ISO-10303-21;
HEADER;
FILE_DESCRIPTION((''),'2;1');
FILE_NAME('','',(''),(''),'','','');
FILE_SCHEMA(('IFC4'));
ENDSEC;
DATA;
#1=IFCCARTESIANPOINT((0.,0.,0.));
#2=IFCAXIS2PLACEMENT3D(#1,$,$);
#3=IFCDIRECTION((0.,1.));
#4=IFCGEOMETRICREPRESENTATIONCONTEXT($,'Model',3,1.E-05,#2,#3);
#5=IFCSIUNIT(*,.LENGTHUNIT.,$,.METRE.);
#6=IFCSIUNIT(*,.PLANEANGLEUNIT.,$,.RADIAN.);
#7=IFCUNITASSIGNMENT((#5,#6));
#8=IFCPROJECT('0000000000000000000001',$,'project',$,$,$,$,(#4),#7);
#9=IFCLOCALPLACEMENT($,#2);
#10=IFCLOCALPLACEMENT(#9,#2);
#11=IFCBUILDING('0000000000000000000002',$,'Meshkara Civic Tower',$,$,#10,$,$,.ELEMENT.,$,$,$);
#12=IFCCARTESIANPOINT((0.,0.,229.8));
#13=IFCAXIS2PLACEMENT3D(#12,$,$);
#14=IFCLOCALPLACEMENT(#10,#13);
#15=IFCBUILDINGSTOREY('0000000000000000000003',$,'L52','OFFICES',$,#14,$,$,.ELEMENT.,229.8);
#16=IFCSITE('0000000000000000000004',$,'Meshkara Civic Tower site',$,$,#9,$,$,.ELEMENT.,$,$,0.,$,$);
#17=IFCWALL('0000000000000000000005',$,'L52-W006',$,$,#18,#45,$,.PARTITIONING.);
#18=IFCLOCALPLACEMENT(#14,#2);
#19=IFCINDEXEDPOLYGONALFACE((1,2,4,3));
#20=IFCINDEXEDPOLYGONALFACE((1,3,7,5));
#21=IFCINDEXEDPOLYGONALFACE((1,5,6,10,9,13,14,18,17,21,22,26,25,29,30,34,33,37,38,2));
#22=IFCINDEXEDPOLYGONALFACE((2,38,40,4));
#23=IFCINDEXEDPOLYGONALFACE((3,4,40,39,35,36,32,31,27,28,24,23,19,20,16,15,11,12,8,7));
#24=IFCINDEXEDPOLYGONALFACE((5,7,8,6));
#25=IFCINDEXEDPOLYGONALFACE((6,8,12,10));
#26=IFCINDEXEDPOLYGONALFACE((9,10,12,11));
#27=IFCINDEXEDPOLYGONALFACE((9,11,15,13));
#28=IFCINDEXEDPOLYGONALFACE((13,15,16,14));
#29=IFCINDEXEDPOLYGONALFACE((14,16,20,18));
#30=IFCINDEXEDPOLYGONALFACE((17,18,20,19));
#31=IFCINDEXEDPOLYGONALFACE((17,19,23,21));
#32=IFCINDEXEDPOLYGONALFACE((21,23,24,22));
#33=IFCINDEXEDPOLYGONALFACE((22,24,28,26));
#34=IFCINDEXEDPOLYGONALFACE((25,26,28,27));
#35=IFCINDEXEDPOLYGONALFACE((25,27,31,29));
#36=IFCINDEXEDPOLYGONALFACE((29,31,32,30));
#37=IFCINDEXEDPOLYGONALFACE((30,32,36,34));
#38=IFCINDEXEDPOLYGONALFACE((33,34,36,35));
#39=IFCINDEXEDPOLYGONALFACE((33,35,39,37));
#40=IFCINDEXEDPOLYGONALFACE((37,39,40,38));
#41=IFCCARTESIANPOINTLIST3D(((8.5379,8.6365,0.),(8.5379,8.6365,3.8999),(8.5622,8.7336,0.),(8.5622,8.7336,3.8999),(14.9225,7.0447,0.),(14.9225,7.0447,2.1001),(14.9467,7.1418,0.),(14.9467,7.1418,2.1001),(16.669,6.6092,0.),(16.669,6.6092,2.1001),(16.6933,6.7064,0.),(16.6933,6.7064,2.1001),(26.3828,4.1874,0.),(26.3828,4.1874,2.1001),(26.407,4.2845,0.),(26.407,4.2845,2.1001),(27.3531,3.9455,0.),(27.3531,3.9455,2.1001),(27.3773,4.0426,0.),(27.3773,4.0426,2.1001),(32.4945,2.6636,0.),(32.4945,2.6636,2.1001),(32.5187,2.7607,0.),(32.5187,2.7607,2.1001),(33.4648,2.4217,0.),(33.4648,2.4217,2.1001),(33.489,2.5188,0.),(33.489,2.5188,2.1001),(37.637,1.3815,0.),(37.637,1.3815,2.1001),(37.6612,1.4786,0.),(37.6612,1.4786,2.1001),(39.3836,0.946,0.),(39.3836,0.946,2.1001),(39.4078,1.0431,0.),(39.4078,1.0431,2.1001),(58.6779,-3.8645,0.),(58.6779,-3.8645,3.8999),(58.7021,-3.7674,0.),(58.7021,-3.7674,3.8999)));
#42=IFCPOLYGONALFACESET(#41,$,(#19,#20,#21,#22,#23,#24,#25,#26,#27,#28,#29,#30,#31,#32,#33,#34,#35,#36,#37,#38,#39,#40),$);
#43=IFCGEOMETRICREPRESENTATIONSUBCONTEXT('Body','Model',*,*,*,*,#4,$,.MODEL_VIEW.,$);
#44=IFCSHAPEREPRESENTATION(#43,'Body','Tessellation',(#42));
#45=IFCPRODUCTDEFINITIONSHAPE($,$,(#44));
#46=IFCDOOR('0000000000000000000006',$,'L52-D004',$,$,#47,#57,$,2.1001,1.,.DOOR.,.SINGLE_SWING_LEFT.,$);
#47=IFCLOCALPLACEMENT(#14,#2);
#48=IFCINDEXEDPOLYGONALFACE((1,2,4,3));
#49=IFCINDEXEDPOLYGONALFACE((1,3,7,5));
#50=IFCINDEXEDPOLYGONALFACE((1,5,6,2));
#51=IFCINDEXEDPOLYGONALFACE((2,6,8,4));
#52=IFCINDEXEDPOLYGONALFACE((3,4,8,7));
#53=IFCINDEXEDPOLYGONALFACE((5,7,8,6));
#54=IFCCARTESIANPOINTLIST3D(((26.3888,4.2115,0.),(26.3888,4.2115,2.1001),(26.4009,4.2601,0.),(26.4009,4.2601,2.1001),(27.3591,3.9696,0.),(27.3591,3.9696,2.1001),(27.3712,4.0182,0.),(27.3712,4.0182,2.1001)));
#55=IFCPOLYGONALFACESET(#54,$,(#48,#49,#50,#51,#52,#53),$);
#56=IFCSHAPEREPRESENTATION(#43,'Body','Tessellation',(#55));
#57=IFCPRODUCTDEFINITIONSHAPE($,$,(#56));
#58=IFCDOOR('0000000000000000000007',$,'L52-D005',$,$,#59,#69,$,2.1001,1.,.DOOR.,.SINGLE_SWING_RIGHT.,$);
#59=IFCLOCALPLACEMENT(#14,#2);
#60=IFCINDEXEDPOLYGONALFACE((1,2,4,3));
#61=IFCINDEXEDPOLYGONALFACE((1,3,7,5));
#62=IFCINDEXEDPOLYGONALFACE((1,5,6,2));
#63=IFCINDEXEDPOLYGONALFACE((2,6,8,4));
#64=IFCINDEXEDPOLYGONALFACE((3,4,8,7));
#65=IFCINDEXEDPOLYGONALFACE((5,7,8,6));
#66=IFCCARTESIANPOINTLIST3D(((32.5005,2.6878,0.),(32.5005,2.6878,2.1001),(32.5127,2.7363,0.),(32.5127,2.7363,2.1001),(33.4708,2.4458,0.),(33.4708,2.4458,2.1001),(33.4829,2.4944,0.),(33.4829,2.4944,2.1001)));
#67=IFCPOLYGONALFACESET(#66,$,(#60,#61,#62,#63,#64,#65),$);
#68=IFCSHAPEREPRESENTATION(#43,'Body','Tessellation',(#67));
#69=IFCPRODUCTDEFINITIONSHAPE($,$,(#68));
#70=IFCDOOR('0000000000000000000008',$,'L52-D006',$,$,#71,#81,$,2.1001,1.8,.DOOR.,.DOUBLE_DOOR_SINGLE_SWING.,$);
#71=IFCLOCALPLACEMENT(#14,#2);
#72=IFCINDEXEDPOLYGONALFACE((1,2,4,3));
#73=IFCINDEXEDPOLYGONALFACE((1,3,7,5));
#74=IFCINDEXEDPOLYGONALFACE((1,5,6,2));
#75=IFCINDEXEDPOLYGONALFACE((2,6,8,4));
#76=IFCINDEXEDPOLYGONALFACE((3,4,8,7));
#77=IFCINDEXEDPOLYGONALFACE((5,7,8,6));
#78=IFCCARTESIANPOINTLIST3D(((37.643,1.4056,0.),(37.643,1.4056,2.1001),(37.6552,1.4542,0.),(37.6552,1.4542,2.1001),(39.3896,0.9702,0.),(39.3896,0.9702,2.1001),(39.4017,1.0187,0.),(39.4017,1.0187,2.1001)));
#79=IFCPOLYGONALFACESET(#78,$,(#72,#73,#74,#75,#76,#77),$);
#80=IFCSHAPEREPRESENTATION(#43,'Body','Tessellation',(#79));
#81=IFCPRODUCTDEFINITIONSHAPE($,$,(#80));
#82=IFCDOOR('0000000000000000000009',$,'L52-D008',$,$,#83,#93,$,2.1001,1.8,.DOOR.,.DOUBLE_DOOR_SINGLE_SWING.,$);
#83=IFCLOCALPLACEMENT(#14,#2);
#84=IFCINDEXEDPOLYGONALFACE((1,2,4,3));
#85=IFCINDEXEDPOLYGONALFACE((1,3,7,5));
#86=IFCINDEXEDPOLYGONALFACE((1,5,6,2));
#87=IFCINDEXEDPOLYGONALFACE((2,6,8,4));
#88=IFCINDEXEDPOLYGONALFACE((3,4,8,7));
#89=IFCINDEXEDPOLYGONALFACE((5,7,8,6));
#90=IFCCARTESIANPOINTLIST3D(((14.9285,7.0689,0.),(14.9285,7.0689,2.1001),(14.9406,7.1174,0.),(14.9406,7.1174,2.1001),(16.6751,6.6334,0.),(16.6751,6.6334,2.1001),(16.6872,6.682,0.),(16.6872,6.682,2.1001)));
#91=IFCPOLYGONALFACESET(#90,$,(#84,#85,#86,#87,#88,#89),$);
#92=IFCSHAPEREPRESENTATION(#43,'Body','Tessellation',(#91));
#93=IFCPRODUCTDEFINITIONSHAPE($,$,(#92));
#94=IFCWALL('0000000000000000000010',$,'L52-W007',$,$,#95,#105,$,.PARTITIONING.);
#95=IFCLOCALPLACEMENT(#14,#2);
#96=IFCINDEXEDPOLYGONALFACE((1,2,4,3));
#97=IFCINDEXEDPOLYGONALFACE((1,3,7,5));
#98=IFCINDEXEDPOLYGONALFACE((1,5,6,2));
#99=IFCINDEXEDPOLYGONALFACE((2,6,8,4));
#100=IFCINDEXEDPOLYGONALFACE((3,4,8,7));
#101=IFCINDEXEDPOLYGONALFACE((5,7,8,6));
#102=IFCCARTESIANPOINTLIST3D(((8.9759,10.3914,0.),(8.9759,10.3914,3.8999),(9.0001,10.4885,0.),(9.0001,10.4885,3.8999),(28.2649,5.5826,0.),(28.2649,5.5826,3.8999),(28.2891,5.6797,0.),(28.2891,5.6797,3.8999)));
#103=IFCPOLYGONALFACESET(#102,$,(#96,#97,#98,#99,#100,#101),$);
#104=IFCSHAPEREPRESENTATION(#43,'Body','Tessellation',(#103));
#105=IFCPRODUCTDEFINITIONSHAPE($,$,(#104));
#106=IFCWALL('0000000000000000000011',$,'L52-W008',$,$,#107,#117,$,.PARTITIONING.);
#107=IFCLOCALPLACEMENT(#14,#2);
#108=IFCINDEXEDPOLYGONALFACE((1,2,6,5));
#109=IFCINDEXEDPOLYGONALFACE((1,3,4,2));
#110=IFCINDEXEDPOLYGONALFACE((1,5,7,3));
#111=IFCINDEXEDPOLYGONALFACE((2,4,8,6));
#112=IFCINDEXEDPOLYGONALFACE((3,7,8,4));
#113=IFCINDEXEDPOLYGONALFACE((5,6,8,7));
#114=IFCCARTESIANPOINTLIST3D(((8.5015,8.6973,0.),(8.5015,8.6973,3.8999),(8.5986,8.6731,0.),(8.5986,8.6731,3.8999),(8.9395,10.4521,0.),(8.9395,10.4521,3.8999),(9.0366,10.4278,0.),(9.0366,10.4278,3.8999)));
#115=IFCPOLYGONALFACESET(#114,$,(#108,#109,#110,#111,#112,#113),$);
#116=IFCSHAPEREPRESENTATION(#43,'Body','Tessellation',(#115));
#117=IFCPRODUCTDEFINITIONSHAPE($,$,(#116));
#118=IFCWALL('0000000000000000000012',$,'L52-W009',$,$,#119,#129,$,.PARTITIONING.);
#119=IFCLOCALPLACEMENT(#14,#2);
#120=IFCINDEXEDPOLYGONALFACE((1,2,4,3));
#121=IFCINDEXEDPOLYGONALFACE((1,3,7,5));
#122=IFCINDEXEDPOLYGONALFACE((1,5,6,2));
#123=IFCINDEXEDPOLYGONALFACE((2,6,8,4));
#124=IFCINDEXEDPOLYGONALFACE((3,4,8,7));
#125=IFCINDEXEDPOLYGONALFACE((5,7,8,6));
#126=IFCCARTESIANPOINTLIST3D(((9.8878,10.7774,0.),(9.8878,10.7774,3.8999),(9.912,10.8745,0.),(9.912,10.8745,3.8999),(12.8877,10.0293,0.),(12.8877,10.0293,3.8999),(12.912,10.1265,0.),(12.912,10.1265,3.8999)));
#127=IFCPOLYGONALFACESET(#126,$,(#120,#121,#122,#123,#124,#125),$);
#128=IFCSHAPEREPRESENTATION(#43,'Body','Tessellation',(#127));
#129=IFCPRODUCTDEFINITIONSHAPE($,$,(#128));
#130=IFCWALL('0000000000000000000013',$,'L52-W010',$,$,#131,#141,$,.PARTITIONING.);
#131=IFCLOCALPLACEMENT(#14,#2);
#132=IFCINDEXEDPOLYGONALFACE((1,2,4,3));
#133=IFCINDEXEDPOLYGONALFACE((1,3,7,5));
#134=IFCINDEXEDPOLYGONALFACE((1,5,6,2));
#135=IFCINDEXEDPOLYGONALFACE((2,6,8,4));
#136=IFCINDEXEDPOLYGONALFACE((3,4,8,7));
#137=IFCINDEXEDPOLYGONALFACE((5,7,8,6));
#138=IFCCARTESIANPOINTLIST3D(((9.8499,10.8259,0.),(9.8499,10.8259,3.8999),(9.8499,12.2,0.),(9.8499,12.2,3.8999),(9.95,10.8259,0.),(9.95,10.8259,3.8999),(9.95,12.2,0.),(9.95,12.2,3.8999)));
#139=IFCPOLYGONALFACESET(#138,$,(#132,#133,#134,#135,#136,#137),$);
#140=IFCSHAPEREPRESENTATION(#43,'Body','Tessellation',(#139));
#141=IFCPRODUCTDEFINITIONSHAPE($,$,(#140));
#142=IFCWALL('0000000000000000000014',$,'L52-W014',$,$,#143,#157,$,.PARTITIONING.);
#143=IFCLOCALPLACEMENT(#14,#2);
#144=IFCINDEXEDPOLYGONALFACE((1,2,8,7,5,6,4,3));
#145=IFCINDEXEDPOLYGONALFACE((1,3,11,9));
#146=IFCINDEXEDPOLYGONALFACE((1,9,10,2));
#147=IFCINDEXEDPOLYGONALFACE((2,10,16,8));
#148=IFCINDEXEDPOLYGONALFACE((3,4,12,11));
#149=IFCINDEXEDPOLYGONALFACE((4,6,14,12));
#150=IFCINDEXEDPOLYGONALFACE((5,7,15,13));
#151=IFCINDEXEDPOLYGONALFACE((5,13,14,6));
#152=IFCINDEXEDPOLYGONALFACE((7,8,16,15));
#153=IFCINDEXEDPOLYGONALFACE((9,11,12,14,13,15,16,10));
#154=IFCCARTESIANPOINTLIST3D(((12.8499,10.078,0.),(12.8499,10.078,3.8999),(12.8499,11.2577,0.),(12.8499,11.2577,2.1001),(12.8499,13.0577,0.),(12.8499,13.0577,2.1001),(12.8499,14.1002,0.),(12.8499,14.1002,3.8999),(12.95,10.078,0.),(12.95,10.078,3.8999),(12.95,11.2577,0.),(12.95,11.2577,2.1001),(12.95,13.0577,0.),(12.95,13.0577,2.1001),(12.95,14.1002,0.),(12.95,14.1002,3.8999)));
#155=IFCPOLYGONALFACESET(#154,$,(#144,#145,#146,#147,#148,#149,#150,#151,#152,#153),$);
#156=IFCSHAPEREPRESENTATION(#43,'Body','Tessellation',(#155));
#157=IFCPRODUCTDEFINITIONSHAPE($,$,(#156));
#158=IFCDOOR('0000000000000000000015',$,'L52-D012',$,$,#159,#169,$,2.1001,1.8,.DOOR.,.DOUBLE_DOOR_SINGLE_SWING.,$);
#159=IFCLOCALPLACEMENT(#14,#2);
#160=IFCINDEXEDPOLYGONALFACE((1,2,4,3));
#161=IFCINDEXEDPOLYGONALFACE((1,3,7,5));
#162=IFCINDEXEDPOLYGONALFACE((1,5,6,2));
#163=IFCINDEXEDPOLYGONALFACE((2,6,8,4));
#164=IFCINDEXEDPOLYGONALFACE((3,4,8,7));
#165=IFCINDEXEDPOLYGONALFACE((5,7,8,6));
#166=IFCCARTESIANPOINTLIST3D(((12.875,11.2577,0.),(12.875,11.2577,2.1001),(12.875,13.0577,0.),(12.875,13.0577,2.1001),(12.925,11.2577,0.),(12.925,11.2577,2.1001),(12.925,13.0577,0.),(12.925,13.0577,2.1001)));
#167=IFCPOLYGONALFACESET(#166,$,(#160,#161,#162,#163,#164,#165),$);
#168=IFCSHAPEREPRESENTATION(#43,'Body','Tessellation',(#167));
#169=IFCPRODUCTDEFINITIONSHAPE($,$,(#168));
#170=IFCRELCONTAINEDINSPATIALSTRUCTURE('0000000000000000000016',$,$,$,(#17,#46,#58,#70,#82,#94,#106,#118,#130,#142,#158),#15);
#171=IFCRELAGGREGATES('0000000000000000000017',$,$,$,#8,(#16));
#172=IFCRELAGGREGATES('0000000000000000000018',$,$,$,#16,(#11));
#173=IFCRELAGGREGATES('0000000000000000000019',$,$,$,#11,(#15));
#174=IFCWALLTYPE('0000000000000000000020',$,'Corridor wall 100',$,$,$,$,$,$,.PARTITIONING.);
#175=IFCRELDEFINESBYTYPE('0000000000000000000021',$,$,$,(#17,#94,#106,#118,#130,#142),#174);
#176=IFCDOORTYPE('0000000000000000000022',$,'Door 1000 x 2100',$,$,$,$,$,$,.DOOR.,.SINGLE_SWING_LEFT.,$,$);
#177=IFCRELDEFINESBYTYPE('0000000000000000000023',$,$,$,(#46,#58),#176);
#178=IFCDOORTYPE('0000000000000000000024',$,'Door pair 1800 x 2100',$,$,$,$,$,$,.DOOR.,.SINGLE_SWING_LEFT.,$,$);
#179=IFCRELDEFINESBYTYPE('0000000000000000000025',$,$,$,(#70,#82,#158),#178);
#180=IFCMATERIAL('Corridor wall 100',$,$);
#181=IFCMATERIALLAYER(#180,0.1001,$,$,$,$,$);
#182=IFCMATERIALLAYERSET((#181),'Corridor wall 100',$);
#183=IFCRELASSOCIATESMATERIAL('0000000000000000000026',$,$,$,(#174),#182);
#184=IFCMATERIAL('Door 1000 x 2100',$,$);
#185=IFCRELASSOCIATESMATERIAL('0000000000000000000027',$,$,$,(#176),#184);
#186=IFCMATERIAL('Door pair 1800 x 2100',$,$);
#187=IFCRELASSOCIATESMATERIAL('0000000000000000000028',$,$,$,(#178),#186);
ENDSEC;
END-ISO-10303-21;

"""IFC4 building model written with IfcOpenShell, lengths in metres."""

from ifc_helpers import new_model, si_unit, direction, frame, frame_2d, origin, place, context, subcontext, project, spatial, rectangle, extrude, material, layer, layer_set, type_object, element, fill, save


model = new_model("IFC4")

# Units and contexts
model_context = context("Model", 3, precision=1e-05, world=origin(), true_north=direction((0.0, 1.0)))
body_context = subcontext(model_context, "Body", "Model", "MODEL_VIEW")
ifc_project = project(units=[si_unit("LENGTHUNIT", "METRE"), si_unit("PLANEANGLEUNIT", "RADIAN")], contexts=[model_context])

# Site, building, storey
site_placement = place(None, origin())
site = spatial("IfcSite", under=ifc_project, at=site_placement, Name="Meshkara Civic Tower site", CompositionType="ELEMENT", RefElevation=0.0)
building_placement = place(site_placement, origin())
building = spatial("IfcBuilding", under=site, at=building_placement, Name="Meshkara Civic Tower", CompositionType="ELEMENT")
storey_placement = place(building_placement, frame((0.0, 0.0, 229.8)))
storey = spatial("IfcBuildingStorey", under=building, at=storey_placement, Name="L52", Description="OFFICES", CompositionType="ELEMENT", Elevation=229.8)

# Shared definitions
ifc_material_1 = material(Name="Corridor wall 100")
ifc_layer_1 = layer(ifc_material_1, 0.1001)
ifc_layer_set_1 = layer_set([ifc_layer_1], Name="Corridor wall 100")
wall_type_1 = type_object("IfcWallType", Name="Corridor wall 100", PredefinedType="PARTITIONING", material=ifc_layer_set_1)

# Wall, openings, doors
wall_1_placement = place(storey_placement, frame((8.55, 8.6851, 0.0), z_axis=(0.0, 0.0, 1.0), x_axis=(0.970297, -0.241916, 0.0)))
wall_1 = element("IfcWall", 1, at=wall_1_placement, inside=storey, type_object=wall_type_1, Name="L52-W006", PredefinedType="PARTITIONING", context=body_context, shape_type="SweptSolid", body=[
    extrude(rectangle(XDim=51.6748, YDim=0.1001, at=frame_2d((25.8374, 0.0))), origin(), (0.0, 0.0, 1.0), 3.8999),
])
opening_1_placement = place(wall_1_placement, frame((18.3911, 0.0, 0.0)))
opening_1 = element("IfcOpeningElement", 2, at=opening_1_placement, cuts=wall_1, PredefinedType="OPENING", context=body_context, shape_type="SweptSolid", body=[
    extrude(rectangle(XDim=1.0, YDim=2.1001, at=frame_2d((0.5, 1.05))), frame((0.0, 0.0601, 0.0), z_axis=(0.0, -1.0, 0.0), x_axis=(1.0, 0.0, 0.0)), (0.0, 0.0, 1.0), 0.1201),
])
opening_2_placement = place(wall_1_placement, frame((24.6899, 0.0, 0.0)))
opening_2 = element("IfcOpeningElement", 3, at=opening_2_placement, cuts=wall_1, PredefinedType="OPENING", context=body_context, shape_type="SweptSolid", body=[
    extrude(rectangle(XDim=1.0, YDim=2.1001, at=frame_2d((0.5, 1.05))), frame((0.0, 0.0601, 0.0), z_axis=(0.0, -1.0, 0.0), x_axis=(1.0, 0.0, 0.0)), (0.0, 0.0, 1.0), 0.1201),
])
opening_3_placement = place(wall_1_placement, frame((29.99, 0.0, 0.0)))
opening_3 = element("IfcOpeningElement", 4, at=opening_3_placement, cuts=wall_1, PredefinedType="OPENING", context=body_context, shape_type="SweptSolid", body=[
    extrude(rectangle(XDim=1.8, YDim=2.1001, at=frame_2d((0.8999, 1.05))), frame((0.0, 0.0601, 0.0), z_axis=(0.0, -1.0, 0.0), x_axis=(1.0, 0.0, 0.0)), (0.0, 0.0, 1.0), 0.1201),
])
opening_4_placement = place(wall_1_placement, frame((6.5801, 0.0, 0.0)))
opening_4 = element("IfcOpeningElement", 5, at=opening_4_placement, cuts=wall_1, PredefinedType="OPENING", context=body_context, shape_type="SweptSolid", body=[
    extrude(rectangle(XDim=1.8, YDim=2.1001, at=frame_2d((0.8999, 1.05))), frame((0.0, 0.0601, 0.0), z_axis=(0.0, -1.0, 0.0), x_axis=(1.0, 0.0, 0.0)), (0.0, 0.0, 1.0), 0.1201),
])
ifc_material_2 = material(Name="Door 1000 x 2100")
door_type_1 = type_object("IfcDoorType", Name="Door 1000 x 2100", OperationType="SINGLE_SWING_LEFT", PredefinedType="DOOR", material=ifc_material_2)
door_1_placement = place(opening_1_placement, origin())
door_1 = element("IfcDoor", 6, at=door_1_placement, inside=storey, type_object=door_type_1, Name="L52-D004", OperationType="SINGLE_SWING_LEFT", OverallHeight=2.1001, OverallWidth=1.0, PredefinedType="DOOR", context=body_context, shape_type="SweptSolid", body=[
    extrude(rectangle(XDim=1.0, YDim=2.1001, at=frame_2d((0.5, 1.05))), frame((0.0, 0.0249, 0.0), z_axis=(0.0, -1.0, 0.0), x_axis=(1.0, 0.0, 0.0)), (0.0, 0.0, 1.0), 0.05),
])
fill(opening_1, door_1)
door_2_placement = place(opening_2_placement, origin())
door_2 = element("IfcDoor", 7, at=door_2_placement, inside=storey, type_object=door_type_1, Name="L52-D005", OperationType="SINGLE_SWING_RIGHT", OverallHeight=2.1001, OverallWidth=1.0, PredefinedType="DOOR", context=body_context, shape_type="SweptSolid", body=[
    extrude(rectangle(XDim=1.0, YDim=2.1001, at=frame_2d((0.5, 1.05))), frame((0.0, 0.0249, 0.0), z_axis=(0.0, -1.0, 0.0), x_axis=(1.0, 0.0, 0.0)), (0.0, 0.0, 1.0), 0.05),
])
fill(opening_2, door_2)
ifc_material_3 = material(Name="Door pair 1800 x 2100")
door_type_2 = type_object("IfcDoorType", Name="Door pair 1800 x 2100", OperationType="SINGLE_SWING_LEFT", PredefinedType="DOOR", material=ifc_material_3)
door_3_placement = place(opening_3_placement, origin())
door_3 = element("IfcDoor", 8, at=door_3_placement, inside=storey, type_object=door_type_2, Name="L52-D006", OperationType="DOUBLE_DOOR_SINGLE_SWING", OverallHeight=2.1001, OverallWidth=1.8, PredefinedType="DOOR", context=body_context, shape_type="SweptSolid", body=[
    extrude(rectangle(XDim=1.8, YDim=2.1001, at=frame_2d((0.8999, 1.05))), frame((0.0, 0.0249, 0.0), z_axis=(0.0, -1.0, 0.0), x_axis=(1.0, 0.0, 0.0)), (0.0, 0.0, 1.0), 0.05),
])
fill(opening_3, door_3)
door_4_placement = place(opening_4_placement, origin())
door_4 = element("IfcDoor", 9, at=door_4_placement, inside=storey, type_object=door_type_2, Name="L52-D008", OperationType="DOUBLE_DOOR_SINGLE_SWING", OverallHeight=2.1001, OverallWidth=1.8, PredefinedType="DOOR", context=body_context, shape_type="SweptSolid", body=[
    extrude(rectangle(XDim=1.8, YDim=2.1001, at=frame_2d((0.8999, 1.05))), frame((0.0, 0.0249, 0.0), z_axis=(0.0, -1.0, 0.0), x_axis=(1.0, 0.0, 0.0)), (0.0, 0.0, 1.0), 0.05),
])
fill(opening_4, door_4)

# Walls
wall_2_placement = place(storey_placement, frame((8.988, 10.4399, 0.0), z_axis=(0.0, 0.0, 1.0), x_axis=(0.970301, -0.2419, 0.0)))
element("IfcWall", 10, at=wall_2_placement, inside=storey, type_object=wall_type_1, Name="L52-W007", PredefinedType="PARTITIONING", context=body_context, shape_type="SweptSolid", body=[
    extrude(rectangle(XDim=19.8794, YDim=0.1001, at=frame_2d((9.9397, 0.0))), origin(), (0.0, 0.0, 1.0), 3.8999),
])
wall_3_placement = place(storey_placement, frame((8.988, 10.4399, 0.0), z_axis=(0.0, 0.0, 1.0), x_axis=(-0.242154, -0.970238, 0.0)))
element("IfcWall", 11, at=wall_3_placement, inside=storey, type_object=wall_type_1, Name="L52-W008", PredefinedType="PARTITIONING", context=body_context, shape_type="SweptSolid", body=[
    extrude(rectangle(XDim=1.8086, YDim=0.1001, at=frame_2d((0.9043, 0.0))), origin(), (0.0, 0.0, 1.0), 3.8999),
])
wall_4_placement = place(storey_placement, frame((9.8999, 10.8259, 0.0), z_axis=(0.0, 0.0, 1.0), x_axis=(0.970291, -0.241941, 0.0)))
element("IfcWall", 12, at=wall_4_placement, inside=storey, type_object=wall_type_1, Name="L52-W009", PredefinedType="PARTITIONING", context=body_context, shape_type="SweptSolid", body=[
    extrude(rectangle(XDim=3.0918, YDim=0.1001, at=frame_2d((1.5459, 0.0))), origin(), (0.0, 0.0, 1.0), 3.8999),
])
wall_5_placement = place(storey_placement, frame((9.8999, 12.2, 0.0), z_axis=(0.0, 0.0, 1.0), x_axis=(0.0, -1.0, 0.0)))
element("IfcWall", 13, at=wall_5_placement, inside=storey, type_object=wall_type_1, Name="L52-W010", PredefinedType="PARTITIONING", context=body_context, shape_type="SweptSolid", body=[
    extrude(rectangle(XDim=1.374, YDim=0.1001, at=frame_2d((0.687, 0.0))), origin(), (0.0, 0.0, 1.0), 3.8999),
])

# Wall, opening, door
wall_6_placement = place(storey_placement, frame((12.8999, 10.0779, 0.0), z_axis=(0.0, 0.0, 1.0), x_axis=(0.0, 1.0, 0.0)))
wall_6 = element("IfcWall", 14, at=wall_6_placement, inside=storey, type_object=wall_type_1, Name="L52-W014", PredefinedType="PARTITIONING", context=body_context, shape_type="SweptSolid", body=[
    extrude(rectangle(XDim=4.0222, YDim=0.1001, at=frame_2d((2.0112, 0.0))), origin(), (0.0, 0.0, 1.0), 3.8999),
])
opening_5_placement = place(wall_6_placement, frame((1.1799, 0.0, 0.0)))
opening_5 = element("IfcOpeningElement", 15, at=opening_5_placement, cuts=wall_6, PredefinedType="OPENING", context=body_context, shape_type="SweptSolid", body=[
    extrude(rectangle(XDim=1.8, YDim=2.1001, at=frame_2d((0.8999, 1.05))), frame((0.0, 0.0601, 0.0), z_axis=(0.0, -1.0, 0.0), x_axis=(1.0, 0.0, 0.0)), (0.0, 0.0, 1.0), 0.1201),
])
door_5_placement = place(opening_5_placement, origin())
door_5 = element("IfcDoor", 16, at=door_5_placement, inside=storey, type_object=door_type_2, Name="L52-D012", OperationType="DOUBLE_DOOR_SINGLE_SWING", OverallHeight=2.1001, OverallWidth=1.8, PredefinedType="DOOR", context=body_context, shape_type="SweptSolid", body=[
    extrude(rectangle(XDim=1.8, YDim=2.1001, at=frame_2d((0.8999, 1.05))), frame((0.0, 0.0249, 0.0), z_axis=(0.0, -1.0, 0.0), x_axis=(1.0, 0.0, 0.0)), (0.0, 0.0, 1.0), 0.05),
])
fill(opening_5, door_5)

save(model, "model.ifc")
